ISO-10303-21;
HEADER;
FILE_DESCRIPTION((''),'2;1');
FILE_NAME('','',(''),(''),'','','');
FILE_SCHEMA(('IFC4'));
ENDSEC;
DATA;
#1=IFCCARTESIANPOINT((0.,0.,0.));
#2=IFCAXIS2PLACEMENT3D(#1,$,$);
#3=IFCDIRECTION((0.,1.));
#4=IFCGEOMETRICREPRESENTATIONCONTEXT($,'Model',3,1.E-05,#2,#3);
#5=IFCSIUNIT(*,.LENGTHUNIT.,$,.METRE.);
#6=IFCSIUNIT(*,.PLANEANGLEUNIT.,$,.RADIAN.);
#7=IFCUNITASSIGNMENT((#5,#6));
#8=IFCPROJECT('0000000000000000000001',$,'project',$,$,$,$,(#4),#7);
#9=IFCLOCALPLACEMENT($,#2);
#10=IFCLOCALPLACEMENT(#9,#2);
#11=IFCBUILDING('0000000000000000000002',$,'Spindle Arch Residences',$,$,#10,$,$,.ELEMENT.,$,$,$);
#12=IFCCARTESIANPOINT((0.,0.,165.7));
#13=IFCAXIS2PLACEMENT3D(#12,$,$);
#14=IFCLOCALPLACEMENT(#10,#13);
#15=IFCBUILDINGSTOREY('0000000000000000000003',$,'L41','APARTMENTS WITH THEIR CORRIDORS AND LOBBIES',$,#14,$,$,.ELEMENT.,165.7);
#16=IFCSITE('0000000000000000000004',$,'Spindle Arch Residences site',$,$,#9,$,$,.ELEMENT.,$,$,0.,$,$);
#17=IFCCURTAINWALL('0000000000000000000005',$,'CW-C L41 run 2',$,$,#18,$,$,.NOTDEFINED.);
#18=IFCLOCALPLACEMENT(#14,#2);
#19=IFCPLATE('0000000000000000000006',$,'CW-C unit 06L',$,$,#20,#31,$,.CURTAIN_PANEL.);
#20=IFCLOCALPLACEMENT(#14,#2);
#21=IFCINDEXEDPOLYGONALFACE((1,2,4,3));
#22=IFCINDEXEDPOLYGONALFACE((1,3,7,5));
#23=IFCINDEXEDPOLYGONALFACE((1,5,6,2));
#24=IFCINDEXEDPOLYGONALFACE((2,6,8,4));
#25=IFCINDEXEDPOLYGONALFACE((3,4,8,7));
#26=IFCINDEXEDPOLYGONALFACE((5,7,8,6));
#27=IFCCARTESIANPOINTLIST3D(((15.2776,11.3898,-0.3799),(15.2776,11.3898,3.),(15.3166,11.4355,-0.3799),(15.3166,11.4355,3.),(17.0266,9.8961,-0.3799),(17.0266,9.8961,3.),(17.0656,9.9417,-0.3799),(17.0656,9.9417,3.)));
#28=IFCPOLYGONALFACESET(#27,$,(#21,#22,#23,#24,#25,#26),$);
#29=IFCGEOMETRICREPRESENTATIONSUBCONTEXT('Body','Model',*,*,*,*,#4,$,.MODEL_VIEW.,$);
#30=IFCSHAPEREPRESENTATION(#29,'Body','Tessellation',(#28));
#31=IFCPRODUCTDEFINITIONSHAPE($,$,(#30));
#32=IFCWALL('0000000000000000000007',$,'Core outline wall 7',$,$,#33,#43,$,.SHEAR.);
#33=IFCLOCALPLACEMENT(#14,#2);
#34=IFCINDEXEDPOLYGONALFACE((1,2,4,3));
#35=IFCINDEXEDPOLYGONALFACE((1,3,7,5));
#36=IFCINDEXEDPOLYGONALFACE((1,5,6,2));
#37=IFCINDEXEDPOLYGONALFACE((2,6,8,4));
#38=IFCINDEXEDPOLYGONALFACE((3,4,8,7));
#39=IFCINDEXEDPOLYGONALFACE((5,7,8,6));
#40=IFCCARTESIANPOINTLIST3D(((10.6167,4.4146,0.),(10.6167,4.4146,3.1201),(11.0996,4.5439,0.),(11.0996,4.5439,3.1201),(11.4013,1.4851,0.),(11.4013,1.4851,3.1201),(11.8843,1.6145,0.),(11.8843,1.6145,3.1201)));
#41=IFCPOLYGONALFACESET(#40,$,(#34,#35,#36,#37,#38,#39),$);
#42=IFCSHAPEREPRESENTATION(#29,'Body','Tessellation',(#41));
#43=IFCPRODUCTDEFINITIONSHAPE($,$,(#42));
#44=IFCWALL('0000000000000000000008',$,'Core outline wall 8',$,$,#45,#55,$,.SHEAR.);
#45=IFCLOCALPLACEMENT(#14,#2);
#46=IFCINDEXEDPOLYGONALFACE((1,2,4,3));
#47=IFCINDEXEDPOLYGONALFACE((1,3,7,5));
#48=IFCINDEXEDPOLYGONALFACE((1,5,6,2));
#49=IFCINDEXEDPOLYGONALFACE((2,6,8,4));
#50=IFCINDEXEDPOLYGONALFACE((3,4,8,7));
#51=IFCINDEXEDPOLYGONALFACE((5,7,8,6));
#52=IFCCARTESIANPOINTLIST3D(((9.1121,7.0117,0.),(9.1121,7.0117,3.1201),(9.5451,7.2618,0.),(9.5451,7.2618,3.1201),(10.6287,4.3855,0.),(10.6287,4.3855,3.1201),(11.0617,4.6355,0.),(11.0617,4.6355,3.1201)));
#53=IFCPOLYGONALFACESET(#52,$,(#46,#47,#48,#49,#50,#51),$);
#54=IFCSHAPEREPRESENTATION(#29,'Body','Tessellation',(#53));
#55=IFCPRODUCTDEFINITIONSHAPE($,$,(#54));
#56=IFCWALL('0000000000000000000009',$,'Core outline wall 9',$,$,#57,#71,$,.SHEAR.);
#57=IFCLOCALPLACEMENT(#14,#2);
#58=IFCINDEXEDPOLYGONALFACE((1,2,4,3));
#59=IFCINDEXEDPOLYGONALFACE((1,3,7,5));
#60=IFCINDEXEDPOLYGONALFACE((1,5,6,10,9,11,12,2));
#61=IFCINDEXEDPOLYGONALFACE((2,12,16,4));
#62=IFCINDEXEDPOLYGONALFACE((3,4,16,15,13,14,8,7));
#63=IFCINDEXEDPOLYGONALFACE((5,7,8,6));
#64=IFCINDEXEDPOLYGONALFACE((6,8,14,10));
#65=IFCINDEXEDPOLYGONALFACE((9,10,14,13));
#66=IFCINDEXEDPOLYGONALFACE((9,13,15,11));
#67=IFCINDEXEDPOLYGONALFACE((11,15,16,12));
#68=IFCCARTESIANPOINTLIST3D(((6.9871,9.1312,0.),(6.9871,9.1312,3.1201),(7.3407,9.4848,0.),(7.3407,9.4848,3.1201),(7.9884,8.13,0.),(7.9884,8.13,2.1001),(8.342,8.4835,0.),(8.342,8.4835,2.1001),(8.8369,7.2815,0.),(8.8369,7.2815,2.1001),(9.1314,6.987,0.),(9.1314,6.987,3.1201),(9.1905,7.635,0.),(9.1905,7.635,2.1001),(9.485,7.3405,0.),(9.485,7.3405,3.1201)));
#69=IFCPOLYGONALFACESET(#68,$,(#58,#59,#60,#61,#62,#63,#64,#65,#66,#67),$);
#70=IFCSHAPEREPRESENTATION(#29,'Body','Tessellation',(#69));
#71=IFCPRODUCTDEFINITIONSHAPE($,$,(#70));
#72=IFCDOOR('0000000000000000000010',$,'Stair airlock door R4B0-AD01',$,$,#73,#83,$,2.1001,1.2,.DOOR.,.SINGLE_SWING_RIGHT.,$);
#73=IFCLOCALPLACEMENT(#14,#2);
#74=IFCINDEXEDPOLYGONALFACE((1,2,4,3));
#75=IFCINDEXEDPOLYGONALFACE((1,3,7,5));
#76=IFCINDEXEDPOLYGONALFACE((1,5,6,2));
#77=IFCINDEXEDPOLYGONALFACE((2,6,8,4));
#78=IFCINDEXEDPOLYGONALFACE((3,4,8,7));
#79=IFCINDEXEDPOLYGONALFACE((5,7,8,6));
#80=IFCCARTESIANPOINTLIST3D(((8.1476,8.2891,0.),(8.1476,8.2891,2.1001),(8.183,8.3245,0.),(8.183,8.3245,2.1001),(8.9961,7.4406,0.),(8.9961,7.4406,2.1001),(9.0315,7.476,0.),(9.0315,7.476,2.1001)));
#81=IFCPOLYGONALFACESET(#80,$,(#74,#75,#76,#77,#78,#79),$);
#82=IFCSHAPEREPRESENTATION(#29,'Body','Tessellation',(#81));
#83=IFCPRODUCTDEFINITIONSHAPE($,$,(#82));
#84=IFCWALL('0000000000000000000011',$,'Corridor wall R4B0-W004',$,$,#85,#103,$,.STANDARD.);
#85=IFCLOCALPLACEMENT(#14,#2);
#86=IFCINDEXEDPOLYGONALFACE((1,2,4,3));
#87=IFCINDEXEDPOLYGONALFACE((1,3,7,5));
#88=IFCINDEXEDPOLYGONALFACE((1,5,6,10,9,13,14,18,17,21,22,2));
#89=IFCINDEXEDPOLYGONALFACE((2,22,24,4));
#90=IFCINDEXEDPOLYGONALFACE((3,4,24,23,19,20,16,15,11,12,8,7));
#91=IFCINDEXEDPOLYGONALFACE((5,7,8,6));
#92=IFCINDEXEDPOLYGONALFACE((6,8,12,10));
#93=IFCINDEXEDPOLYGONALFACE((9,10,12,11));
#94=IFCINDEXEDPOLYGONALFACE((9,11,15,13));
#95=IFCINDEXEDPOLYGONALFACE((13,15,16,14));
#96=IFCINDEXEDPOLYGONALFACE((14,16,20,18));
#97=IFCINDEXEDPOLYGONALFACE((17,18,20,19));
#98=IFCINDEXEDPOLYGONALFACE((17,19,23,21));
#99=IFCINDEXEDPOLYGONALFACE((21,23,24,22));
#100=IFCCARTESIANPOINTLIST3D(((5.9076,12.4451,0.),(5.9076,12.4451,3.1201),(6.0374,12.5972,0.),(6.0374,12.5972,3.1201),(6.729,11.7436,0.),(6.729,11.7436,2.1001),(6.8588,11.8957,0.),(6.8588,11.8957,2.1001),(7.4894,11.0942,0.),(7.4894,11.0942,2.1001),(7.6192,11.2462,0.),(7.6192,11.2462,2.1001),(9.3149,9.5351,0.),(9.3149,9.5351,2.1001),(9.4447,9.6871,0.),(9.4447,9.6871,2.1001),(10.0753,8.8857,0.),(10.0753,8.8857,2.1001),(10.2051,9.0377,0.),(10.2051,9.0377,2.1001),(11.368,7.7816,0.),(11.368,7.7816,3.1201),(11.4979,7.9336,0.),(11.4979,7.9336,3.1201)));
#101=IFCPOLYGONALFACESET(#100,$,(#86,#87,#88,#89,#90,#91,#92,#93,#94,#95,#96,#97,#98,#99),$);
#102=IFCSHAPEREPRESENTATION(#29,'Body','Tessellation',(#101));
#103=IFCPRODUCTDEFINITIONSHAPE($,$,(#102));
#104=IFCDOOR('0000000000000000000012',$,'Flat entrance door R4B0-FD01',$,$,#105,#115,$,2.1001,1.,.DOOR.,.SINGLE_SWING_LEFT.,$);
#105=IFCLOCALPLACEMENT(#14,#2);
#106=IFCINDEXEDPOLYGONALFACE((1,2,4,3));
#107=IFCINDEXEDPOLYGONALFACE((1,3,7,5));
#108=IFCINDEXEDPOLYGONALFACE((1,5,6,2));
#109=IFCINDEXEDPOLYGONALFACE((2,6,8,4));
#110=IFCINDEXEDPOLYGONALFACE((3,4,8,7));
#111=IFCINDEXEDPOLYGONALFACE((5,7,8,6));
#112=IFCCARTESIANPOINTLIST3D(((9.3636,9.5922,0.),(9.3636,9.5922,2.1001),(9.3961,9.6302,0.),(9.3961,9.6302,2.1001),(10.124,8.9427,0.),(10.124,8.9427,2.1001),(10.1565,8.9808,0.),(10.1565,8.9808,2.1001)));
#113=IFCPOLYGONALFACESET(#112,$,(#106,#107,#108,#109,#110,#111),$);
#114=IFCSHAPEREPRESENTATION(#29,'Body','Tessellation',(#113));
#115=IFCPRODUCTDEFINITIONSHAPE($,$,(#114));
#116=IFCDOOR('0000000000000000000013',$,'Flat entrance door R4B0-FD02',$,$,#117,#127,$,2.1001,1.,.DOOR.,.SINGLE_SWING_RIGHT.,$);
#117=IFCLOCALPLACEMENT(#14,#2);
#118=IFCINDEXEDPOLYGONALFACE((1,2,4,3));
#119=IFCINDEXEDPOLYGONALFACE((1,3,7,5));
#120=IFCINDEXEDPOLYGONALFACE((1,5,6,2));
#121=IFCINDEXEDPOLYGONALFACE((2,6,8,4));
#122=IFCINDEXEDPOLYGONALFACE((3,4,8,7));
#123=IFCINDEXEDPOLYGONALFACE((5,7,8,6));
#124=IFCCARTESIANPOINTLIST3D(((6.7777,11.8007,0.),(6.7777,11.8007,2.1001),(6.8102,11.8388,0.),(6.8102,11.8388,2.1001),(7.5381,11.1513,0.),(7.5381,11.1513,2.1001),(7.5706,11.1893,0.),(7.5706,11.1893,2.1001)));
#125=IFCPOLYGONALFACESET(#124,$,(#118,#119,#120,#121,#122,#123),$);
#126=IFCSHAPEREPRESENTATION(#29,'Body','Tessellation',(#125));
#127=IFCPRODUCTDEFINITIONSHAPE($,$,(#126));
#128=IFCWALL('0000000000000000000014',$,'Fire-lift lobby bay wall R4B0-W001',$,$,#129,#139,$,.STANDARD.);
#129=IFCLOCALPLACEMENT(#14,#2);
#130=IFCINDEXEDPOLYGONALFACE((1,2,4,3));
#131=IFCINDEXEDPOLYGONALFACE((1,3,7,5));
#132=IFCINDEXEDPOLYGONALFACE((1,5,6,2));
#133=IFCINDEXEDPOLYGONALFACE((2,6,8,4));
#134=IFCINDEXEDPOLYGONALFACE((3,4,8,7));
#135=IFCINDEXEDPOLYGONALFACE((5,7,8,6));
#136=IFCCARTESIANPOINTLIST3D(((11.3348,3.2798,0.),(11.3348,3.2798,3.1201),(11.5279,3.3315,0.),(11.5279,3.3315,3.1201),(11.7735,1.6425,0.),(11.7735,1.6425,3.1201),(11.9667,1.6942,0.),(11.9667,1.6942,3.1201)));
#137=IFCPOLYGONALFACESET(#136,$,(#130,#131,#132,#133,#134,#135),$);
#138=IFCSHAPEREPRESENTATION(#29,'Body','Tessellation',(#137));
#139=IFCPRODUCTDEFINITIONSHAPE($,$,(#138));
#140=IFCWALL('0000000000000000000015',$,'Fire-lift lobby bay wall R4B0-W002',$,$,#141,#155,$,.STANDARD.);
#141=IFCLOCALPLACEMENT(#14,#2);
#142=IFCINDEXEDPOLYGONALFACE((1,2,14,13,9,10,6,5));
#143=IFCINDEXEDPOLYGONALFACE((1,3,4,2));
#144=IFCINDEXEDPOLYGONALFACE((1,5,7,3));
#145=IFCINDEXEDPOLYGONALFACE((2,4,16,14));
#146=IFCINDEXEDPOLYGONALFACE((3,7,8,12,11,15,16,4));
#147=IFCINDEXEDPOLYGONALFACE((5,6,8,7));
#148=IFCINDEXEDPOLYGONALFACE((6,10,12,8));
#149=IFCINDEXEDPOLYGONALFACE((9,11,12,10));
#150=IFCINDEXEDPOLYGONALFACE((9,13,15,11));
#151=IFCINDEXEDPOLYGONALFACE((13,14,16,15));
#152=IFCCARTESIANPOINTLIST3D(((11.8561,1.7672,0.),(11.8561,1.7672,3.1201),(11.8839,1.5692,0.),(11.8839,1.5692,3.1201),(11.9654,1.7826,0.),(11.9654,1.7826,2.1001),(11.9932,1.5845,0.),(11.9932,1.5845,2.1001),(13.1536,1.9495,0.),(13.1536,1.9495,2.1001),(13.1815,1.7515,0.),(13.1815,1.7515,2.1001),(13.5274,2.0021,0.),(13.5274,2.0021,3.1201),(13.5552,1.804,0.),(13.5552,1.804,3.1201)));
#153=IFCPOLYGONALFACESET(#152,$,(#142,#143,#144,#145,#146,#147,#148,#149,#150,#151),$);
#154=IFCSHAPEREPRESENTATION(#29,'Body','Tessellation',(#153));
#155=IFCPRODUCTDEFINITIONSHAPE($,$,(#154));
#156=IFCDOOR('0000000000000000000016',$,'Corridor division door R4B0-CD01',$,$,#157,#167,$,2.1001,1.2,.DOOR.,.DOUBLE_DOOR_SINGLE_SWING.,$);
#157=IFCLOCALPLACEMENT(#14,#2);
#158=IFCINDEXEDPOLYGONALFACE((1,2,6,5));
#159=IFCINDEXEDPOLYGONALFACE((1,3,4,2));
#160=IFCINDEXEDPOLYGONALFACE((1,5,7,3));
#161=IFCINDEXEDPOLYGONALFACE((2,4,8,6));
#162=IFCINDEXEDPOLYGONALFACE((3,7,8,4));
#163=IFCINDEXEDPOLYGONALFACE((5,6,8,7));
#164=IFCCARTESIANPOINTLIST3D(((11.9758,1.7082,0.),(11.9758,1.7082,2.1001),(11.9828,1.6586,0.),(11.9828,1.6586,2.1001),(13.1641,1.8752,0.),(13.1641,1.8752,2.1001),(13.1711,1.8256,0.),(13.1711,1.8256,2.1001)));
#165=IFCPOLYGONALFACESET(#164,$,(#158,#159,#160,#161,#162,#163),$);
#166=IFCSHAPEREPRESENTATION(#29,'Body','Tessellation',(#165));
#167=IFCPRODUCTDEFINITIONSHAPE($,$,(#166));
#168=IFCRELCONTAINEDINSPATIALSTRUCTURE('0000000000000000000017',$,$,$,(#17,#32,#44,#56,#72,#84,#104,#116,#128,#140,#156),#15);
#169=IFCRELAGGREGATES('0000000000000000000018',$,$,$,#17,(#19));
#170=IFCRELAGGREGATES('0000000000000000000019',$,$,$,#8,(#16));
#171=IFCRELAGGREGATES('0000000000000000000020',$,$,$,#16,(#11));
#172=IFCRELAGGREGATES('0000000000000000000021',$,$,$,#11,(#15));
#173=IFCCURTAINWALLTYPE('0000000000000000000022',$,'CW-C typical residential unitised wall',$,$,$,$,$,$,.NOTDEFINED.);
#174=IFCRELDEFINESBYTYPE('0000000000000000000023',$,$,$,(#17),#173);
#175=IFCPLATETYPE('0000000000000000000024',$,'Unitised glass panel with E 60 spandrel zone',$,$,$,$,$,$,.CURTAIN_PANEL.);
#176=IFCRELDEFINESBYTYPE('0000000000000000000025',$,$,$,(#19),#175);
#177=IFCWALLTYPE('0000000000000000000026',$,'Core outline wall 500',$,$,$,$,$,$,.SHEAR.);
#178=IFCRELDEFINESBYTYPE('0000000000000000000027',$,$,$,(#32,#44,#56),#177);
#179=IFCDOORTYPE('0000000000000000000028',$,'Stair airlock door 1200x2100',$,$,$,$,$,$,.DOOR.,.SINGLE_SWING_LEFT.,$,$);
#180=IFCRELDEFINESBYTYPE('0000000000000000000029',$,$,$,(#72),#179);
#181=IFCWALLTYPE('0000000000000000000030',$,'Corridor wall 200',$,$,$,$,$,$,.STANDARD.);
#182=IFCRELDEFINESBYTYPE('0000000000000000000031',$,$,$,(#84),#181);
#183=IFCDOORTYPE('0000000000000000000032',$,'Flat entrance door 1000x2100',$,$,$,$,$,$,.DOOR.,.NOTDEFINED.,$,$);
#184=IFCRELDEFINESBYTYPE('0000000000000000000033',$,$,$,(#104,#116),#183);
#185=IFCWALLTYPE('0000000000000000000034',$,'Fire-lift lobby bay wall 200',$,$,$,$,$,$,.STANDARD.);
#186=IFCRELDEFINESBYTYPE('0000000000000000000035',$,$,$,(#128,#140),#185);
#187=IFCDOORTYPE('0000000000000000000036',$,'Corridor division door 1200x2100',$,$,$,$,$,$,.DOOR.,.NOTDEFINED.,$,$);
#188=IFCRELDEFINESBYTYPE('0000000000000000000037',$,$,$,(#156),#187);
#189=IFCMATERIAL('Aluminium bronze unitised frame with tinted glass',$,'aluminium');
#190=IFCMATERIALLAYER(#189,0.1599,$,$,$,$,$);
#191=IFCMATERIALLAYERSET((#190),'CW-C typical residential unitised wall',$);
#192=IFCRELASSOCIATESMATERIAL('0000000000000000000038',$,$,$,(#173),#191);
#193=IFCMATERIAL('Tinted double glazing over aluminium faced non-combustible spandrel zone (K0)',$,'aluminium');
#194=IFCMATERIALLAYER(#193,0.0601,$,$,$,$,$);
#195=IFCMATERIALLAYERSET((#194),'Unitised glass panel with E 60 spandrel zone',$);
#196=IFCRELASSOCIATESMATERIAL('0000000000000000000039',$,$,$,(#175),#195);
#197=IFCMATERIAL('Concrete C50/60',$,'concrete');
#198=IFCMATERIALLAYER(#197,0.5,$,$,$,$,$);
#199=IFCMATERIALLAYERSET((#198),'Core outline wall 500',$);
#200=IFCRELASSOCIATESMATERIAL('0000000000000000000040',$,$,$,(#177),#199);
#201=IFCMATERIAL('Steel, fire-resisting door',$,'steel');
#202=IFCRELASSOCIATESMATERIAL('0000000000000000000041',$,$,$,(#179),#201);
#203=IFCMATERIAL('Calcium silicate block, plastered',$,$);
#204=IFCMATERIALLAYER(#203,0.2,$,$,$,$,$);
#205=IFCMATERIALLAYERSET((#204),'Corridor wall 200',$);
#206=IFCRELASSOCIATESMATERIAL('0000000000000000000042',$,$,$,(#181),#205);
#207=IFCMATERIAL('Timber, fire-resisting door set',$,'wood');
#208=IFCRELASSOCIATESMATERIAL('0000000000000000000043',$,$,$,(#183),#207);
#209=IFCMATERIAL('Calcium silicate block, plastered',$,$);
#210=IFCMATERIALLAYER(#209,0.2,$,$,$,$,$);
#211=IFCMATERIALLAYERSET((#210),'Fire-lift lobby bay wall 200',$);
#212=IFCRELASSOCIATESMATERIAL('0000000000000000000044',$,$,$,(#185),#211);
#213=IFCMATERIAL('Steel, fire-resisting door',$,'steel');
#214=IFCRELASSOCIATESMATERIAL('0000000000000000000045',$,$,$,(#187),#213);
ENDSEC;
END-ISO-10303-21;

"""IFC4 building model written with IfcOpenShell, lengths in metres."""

from ifc_helpers import new_model, si_unit, direction, frame, frame_2d, origin, origin_2d, place, context, subcontext, project, spatial, rectangle, extrude, material, layer, layer_set, type_object, element, fill, aggregate, save


model = new_model("IFC4")

# Units and contexts
model_context = context("Model", 3, precision=1e-05, world=origin(), true_north=direction((0.0, 1.0)))
body_context = subcontext(model_context, "Body", "Model", "MODEL_VIEW")
ifc_project = project(units=[si_unit("LENGTHUNIT", "METRE"), si_unit("PLANEANGLEUNIT", "RADIAN")], contexts=[model_context])

# Site, building, storey
site_placement = place(None, origin())
site = spatial("IfcSite", under=ifc_project, at=site_placement, Name="Spindle Arch Residences site", CompositionType="ELEMENT", RefElevation=0.0)
building_placement = place(site_placement, origin())
building = spatial("IfcBuilding", under=site, at=building_placement, Name="Spindle Arch Residences", CompositionType="ELEMENT")
storey_placement = place(building_placement, frame((0.0, 0.0, 165.7)))
storey = spatial("IfcBuildingStorey", under=building, at=storey_placement, Name="L41", Description="APARTMENTS WITH THEIR CORRIDORS AND LOBBIES", CompositionType="ELEMENT", Elevation=165.7)

# Curtain wall, plate
ifc_material_1 = material(Name="Aluminium bronze unitised frame with tinted glass", Category="aluminium")
ifc_layer_1 = layer(ifc_material_1, 0.1599)
ifc_layer_set_1 = layer_set([ifc_layer_1], Name="CW-C typical residential unitised wall")
curtain_wall_type = type_object("IfcCurtainWallType", Name="CW-C typical residential unitised wall", PredefinedType="NOTDEFINED", material=ifc_layer_set_1)
curtain_wall_placement = place(storey_placement, origin())
curtain_wall = element("IfcCurtainWall", 1, at=curtain_wall_placement, inside=storey, type_object=curtain_wall_type, Name="CW-C L41 run 2", PredefinedType="NOTDEFINED")
ifc_material_2 = material(Name="Tinted double glazing over aluminium faced non-combustible spandrel zone (K0)", Category="aluminium")
ifc_layer_2 = layer(ifc_material_2, 0.0601)
ifc_layer_set_2 = layer_set([ifc_layer_2], Name="Unitised glass panel with E 60 spandrel zone")
plate_type = type_object("IfcPlateType", Name="Unitised glass panel with E 60 spandrel zone", PredefinedType="CURTAIN_PANEL", material=ifc_layer_set_2)
plate_placement = place(storey_placement, frame((16.1716, 10.6658, -0.3799), z_axis=(0.0, 0.0, 1.0), x_axis=(-0.760406, 0.649448, 0.0)))
plate = element("IfcPlate", 2, at=plate_placement, type_object=plate_type, Name="CW-C unit 06L", PredefinedType="CURTAIN_PANEL", context=body_context, shape_type="SweptSolid", body=[
    extrude(rectangle(XDim=2.3, YDim=0.0601, at=origin_2d()), origin(), (0.0, 0.0, 1.0), 3.3799),
])
aggregate(curtain_wall, [plate])

# Walls
ifc_material_3 = material(Name="Concrete C50/60", Category="concrete")
ifc_layer_3 = layer(ifc_material_3, 0.5)
ifc_layer_set_3 = layer_set([ifc_layer_3], Name="Core outline wall 500")
wall_type_1 = type_object("IfcWallType", Name="Core outline wall 500", PredefinedType="SHEAR", material=ifc_layer_set_3)
for number, where, z_axis, x_axis, name in (
    (3, (11.6428, 1.5498, 0.0), (0.0, 0.0, 1.0), (-0.258735, 0.965948, 0.0), "Core outline wall 7"),
    (4, (10.8452, 4.5105, 0.0), (0.0, 0.0, 1.0), (-0.500087, 0.865975, 0.0), "Core outline wall 8"),
):
    element("IfcWall", number, at=place(storey_placement, frame(where, z_axis=z_axis, x_axis=x_axis)), inside=storey, type_object=wall_type_1, Name=name, PredefinedType="SHEAR", context=body_context, shape_type="SweptSolid", body=[
        extrude(rectangle(XDim=3.0327, YDim=0.5, at=frame_2d((1.5164, 0.0))), origin(), (0.0, 0.0, 1.0), 3.1201),
    ])

# Wall, opening, door
wall_1_placement = place(storey_placement, frame((9.3081, 7.1638, 0.0), z_axis=(0.0, 0.0, 1.0), x_axis=(-0.707107, 0.707107, 0.0)))
wall_1 = element("IfcWall", 5, at=wall_1_placement, inside=storey, type_object=wall_type_1, Name="Core outline wall 9", PredefinedType="SHEAR", context=body_context, shape_type="SweptSolid", body=[
    extrude(rectangle(XDim=3.0325, YDim=0.5, at=frame_2d((1.5161, 0.0))), origin(), (0.0, 0.0, 1.0), 3.1201),
])
opening_1_placement = place(wall_1_placement, frame((0.4163, 0.0, 0.0)))
opening_1 = element("IfcOpeningElement", 6, at=opening_1_placement, cuts=wall_1, PredefinedType="OPENING", context=body_context, shape_type="SweptSolid", body=[
    extrude(rectangle(XDim=1.2, YDim=2.1001, at=frame_2d((0.6001, 1.05))), frame((0.0, 0.26, 0.0), z_axis=(0.0, -1.0, 0.0), x_axis=(1.0, 0.0, 0.0)), (0.0, 0.0, 1.0), 0.52),
])
ifc_material_4 = material(Name="Steel, fire-resisting door", Category="steel")
door_type_1 = type_object("IfcDoorType", Name="Stair airlock door 1200x2100", OperationType="SINGLE_SWING_LEFT", PredefinedType="DOOR", material=ifc_material_4)
door_1_placement = place(opening_1_placement, origin())
door_1 = element("IfcDoor", 7, at=door_1_placement, inside=storey, type_object=door_type_1, Name="Stair airlock door R4B0-AD01", OperationType="SINGLE_SWING_RIGHT", OverallHeight=2.1001, OverallWidth=1.2, PredefinedType="DOOR", context=body_context, shape_type="SweptSolid", body=[
    extrude(rectangle(XDim=1.2, YDim=2.1001, at=frame_2d((0.6001, 1.05))), frame((0.0, 0.0249, 0.0), z_axis=(0.0, -1.0, 0.0), x_axis=(1.0, 0.0, 0.0)), (0.0, 0.0, 1.0), 0.05),
])
fill(opening_1, door_1)

# Wall, openings, doors
ifc_material_5 = material(Name="Calcium silicate block, plastered")
ifc_layer_4 = layer(ifc_material_5, 0.2)
ifc_layer_set_4 = layer_set([ifc_layer_4], Name="Corridor wall 200")
wall_type_2 = type_object("IfcWallType", Name="Corridor wall 200", PredefinedType="STANDARD", material=ifc_layer_set_4)
wall_2_placement = place(storey_placement, frame((11.4329, 7.8577, 0.0), z_axis=(0.0, 0.0, 1.0), x_axis=(-0.760412, 0.649441, 0.0)))
wall_2 = element("IfcWall", 8, at=wall_2_placement, inside=storey, type_object=wall_type_2, Name="Corridor wall R4B0-W004", PredefinedType="STANDARD", context=body_context, shape_type="SweptSolid", body=[
    extrude(rectangle(XDim=7.1809, YDim=0.2, at=frame_2d((3.5903, 0.0))), origin(), (0.0, 0.0, 1.0), 3.1201),
])
opening_2_placement = place(wall_2_placement, frame((1.7, 0.0, 0.0)))
opening_2 = element("IfcOpeningElement", 9, at=opening_2_placement, cuts=wall_2, PredefinedType="OPENING", context=body_context, shape_type="SweptSolid", body=[
    extrude(rectangle(XDim=1.0, YDim=2.1001, at=frame_2d((0.5, 1.05))), frame((0.0, 0.1099, 0.0), z_axis=(0.0, -1.0, 0.0), x_axis=(1.0, 0.0, 0.0)), (0.0, 0.0, 1.0), 0.22),
])
opening_3_placement = place(wall_2_placement, frame((5.1006, 0.0, 0.0)))
opening_3 = element("IfcOpeningElement", 10, at=opening_3_placement, cuts=wall_2, PredefinedType="OPENING", context=body_context, shape_type="SweptSolid", body=[
    extrude(rectangle(XDim=1.0, YDim=2.1001, at=frame_2d((0.5, 1.05))), frame((0.0, 0.1099, 0.0), z_axis=(0.0, -1.0, 0.0), x_axis=(1.0, 0.0, 0.0)), (0.0, 0.0, 1.0), 0.22),
])
ifc_material_6 = material(Name="Timber, fire-resisting door set", Category="wood")
door_type_2 = type_object("IfcDoorType", Name="Flat entrance door 1000x2100", OperationType="NOTDEFINED", PredefinedType="DOOR", material=ifc_material_6)
door_2_placement = place(opening_2_placement, origin())
door_2 = element("IfcDoor", 11, at=door_2_placement, inside=storey, type_object=door_type_2, Name="Flat entrance door R4B0-FD01", OperationType="SINGLE_SWING_LEFT", OverallHeight=2.1001, OverallWidth=1.0, PredefinedType="DOOR", context=body_context, shape_type="SweptSolid", body=[
    extrude(rectangle(XDim=1.0, YDim=2.1001, at=frame_2d((0.5, 1.05))), frame((0.0, 0.0249, 0.0), z_axis=(0.0, -1.0, 0.0), x_axis=(1.0, 0.0, 0.0)), (0.0, 0.0, 1.0), 0.05),
])
fill(opening_2, door_2)
door_3_placement = place(opening_3_placement, origin())
door_3 = element("IfcDoor", 12, at=door_3_placement, inside=storey, type_object=door_type_2, Name="Flat entrance door R4B0-FD02", OperationType="SINGLE_SWING_RIGHT", OverallHeight=2.1001, OverallWidth=1.0, PredefinedType="DOOR", context=body_context, shape_type="SweptSolid", body=[
    extrude(rectangle(XDim=1.0, YDim=2.1001, at=frame_2d((0.5, 1.05))), frame((0.0, 0.0249, 0.0), z_axis=(0.0, -1.0, 0.0), x_axis=(1.0, 0.0, 0.0)), (0.0, 0.0, 1.0), 0.05),
])
fill(opening_3, door_3)

# Wall
ifc_material_7 = material(Name="Calcium silicate block, plastered")
ifc_layer_5 = layer(ifc_material_7, 0.2)
ifc_layer_set_5 = layer_set([ifc_layer_5], Name="Fire-lift lobby bay wall 200")
wall_type_3 = type_object("IfcWallType", Name="Fire-lift lobby bay wall 200", PredefinedType="STANDARD", material=ifc_layer_set_5)
wall_3_placement = place(storey_placement, frame((11.8701, 1.6682, 0.0), z_axis=(0.0, 0.0, 1.0), x_axis=(-0.258837, 0.965921, 0.0)))
element("IfcWall", 13, at=wall_3_placement, inside=storey, type_object=wall_type_3, Name="Fire-lift lobby bay wall R4B0-W001", PredefinedType="STANDARD", context=body_context, shape_type="SweptSolid", body=[
    extrude(rectangle(XDim=1.6951, YDim=0.2, at=frame_2d((0.8477, 0.0))), origin(), (0.0, 0.0, 1.0), 3.1201),
])

# Wall, opening, door
wall_4_placement = place(storey_placement, frame((11.8701, 1.6682, 0.0), z_axis=(0.0, 0.0, 1.0), x_axis=(0.990271, 0.139153, 0.0)))
wall_4 = element("IfcWall", 14, at=wall_4_placement, inside=storey, type_object=wall_type_3, Name="Fire-lift lobby bay wall R4B0-W002", PredefinedType="STANDARD", context=body_context, shape_type="SweptSolid", body=[
    extrude(rectangle(XDim=1.6877, YDim=0.2, at=frame_2d((0.8438, 0.0))), origin(), (0.0, 0.0, 1.0), 3.1201),
])
opening_4_placement = place(wall_4_placement, frame((0.1101, 0.0, 0.0)))
opening_4 = element("IfcOpeningElement", 15, at=opening_4_placement, cuts=wall_4, PredefinedType="OPENING", context=body_context, shape_type="SweptSolid", body=[
    extrude(rectangle(XDim=1.2, YDim=2.1001, at=frame_2d((0.6001, 1.05))), frame((0.0, 0.1099, 0.0), z_axis=(0.0, -1.0, 0.0), x_axis=(1.0, 0.0, 0.0)), (0.0, 0.0, 1.0), 0.22),
])
ifc_material_8 = material(Name="Steel, fire-resisting door", Category="steel")
door_type_3 = type_object("IfcDoorType", Name="Corridor division door 1200x2100", OperationType="NOTDEFINED", PredefinedType="DOOR", material=ifc_material_8)
door_4_placement = place(opening_4_placement, origin())
door_4 = element("IfcDoor", 16, at=door_4_placement, inside=storey, type_object=door_type_3, Name="Corridor division door R4B0-CD01", OperationType="DOUBLE_DOOR_SINGLE_SWING", OverallHeight=2.1001, OverallWidth=1.2, PredefinedType="DOOR", context=body_context, shape_type="SweptSolid", body=[
    extrude(rectangle(XDim=1.2, YDim=2.1001, at=frame_2d((0.6001, 1.05))), frame((0.0, 0.0249, 0.0), z_axis=(0.0, -1.0, 0.0), x_axis=(1.0, 0.0, 0.0)), (0.0, 0.0, 1.0), 0.05),
])
fill(opening_4, door_4)

save(model, "model.ifc")
